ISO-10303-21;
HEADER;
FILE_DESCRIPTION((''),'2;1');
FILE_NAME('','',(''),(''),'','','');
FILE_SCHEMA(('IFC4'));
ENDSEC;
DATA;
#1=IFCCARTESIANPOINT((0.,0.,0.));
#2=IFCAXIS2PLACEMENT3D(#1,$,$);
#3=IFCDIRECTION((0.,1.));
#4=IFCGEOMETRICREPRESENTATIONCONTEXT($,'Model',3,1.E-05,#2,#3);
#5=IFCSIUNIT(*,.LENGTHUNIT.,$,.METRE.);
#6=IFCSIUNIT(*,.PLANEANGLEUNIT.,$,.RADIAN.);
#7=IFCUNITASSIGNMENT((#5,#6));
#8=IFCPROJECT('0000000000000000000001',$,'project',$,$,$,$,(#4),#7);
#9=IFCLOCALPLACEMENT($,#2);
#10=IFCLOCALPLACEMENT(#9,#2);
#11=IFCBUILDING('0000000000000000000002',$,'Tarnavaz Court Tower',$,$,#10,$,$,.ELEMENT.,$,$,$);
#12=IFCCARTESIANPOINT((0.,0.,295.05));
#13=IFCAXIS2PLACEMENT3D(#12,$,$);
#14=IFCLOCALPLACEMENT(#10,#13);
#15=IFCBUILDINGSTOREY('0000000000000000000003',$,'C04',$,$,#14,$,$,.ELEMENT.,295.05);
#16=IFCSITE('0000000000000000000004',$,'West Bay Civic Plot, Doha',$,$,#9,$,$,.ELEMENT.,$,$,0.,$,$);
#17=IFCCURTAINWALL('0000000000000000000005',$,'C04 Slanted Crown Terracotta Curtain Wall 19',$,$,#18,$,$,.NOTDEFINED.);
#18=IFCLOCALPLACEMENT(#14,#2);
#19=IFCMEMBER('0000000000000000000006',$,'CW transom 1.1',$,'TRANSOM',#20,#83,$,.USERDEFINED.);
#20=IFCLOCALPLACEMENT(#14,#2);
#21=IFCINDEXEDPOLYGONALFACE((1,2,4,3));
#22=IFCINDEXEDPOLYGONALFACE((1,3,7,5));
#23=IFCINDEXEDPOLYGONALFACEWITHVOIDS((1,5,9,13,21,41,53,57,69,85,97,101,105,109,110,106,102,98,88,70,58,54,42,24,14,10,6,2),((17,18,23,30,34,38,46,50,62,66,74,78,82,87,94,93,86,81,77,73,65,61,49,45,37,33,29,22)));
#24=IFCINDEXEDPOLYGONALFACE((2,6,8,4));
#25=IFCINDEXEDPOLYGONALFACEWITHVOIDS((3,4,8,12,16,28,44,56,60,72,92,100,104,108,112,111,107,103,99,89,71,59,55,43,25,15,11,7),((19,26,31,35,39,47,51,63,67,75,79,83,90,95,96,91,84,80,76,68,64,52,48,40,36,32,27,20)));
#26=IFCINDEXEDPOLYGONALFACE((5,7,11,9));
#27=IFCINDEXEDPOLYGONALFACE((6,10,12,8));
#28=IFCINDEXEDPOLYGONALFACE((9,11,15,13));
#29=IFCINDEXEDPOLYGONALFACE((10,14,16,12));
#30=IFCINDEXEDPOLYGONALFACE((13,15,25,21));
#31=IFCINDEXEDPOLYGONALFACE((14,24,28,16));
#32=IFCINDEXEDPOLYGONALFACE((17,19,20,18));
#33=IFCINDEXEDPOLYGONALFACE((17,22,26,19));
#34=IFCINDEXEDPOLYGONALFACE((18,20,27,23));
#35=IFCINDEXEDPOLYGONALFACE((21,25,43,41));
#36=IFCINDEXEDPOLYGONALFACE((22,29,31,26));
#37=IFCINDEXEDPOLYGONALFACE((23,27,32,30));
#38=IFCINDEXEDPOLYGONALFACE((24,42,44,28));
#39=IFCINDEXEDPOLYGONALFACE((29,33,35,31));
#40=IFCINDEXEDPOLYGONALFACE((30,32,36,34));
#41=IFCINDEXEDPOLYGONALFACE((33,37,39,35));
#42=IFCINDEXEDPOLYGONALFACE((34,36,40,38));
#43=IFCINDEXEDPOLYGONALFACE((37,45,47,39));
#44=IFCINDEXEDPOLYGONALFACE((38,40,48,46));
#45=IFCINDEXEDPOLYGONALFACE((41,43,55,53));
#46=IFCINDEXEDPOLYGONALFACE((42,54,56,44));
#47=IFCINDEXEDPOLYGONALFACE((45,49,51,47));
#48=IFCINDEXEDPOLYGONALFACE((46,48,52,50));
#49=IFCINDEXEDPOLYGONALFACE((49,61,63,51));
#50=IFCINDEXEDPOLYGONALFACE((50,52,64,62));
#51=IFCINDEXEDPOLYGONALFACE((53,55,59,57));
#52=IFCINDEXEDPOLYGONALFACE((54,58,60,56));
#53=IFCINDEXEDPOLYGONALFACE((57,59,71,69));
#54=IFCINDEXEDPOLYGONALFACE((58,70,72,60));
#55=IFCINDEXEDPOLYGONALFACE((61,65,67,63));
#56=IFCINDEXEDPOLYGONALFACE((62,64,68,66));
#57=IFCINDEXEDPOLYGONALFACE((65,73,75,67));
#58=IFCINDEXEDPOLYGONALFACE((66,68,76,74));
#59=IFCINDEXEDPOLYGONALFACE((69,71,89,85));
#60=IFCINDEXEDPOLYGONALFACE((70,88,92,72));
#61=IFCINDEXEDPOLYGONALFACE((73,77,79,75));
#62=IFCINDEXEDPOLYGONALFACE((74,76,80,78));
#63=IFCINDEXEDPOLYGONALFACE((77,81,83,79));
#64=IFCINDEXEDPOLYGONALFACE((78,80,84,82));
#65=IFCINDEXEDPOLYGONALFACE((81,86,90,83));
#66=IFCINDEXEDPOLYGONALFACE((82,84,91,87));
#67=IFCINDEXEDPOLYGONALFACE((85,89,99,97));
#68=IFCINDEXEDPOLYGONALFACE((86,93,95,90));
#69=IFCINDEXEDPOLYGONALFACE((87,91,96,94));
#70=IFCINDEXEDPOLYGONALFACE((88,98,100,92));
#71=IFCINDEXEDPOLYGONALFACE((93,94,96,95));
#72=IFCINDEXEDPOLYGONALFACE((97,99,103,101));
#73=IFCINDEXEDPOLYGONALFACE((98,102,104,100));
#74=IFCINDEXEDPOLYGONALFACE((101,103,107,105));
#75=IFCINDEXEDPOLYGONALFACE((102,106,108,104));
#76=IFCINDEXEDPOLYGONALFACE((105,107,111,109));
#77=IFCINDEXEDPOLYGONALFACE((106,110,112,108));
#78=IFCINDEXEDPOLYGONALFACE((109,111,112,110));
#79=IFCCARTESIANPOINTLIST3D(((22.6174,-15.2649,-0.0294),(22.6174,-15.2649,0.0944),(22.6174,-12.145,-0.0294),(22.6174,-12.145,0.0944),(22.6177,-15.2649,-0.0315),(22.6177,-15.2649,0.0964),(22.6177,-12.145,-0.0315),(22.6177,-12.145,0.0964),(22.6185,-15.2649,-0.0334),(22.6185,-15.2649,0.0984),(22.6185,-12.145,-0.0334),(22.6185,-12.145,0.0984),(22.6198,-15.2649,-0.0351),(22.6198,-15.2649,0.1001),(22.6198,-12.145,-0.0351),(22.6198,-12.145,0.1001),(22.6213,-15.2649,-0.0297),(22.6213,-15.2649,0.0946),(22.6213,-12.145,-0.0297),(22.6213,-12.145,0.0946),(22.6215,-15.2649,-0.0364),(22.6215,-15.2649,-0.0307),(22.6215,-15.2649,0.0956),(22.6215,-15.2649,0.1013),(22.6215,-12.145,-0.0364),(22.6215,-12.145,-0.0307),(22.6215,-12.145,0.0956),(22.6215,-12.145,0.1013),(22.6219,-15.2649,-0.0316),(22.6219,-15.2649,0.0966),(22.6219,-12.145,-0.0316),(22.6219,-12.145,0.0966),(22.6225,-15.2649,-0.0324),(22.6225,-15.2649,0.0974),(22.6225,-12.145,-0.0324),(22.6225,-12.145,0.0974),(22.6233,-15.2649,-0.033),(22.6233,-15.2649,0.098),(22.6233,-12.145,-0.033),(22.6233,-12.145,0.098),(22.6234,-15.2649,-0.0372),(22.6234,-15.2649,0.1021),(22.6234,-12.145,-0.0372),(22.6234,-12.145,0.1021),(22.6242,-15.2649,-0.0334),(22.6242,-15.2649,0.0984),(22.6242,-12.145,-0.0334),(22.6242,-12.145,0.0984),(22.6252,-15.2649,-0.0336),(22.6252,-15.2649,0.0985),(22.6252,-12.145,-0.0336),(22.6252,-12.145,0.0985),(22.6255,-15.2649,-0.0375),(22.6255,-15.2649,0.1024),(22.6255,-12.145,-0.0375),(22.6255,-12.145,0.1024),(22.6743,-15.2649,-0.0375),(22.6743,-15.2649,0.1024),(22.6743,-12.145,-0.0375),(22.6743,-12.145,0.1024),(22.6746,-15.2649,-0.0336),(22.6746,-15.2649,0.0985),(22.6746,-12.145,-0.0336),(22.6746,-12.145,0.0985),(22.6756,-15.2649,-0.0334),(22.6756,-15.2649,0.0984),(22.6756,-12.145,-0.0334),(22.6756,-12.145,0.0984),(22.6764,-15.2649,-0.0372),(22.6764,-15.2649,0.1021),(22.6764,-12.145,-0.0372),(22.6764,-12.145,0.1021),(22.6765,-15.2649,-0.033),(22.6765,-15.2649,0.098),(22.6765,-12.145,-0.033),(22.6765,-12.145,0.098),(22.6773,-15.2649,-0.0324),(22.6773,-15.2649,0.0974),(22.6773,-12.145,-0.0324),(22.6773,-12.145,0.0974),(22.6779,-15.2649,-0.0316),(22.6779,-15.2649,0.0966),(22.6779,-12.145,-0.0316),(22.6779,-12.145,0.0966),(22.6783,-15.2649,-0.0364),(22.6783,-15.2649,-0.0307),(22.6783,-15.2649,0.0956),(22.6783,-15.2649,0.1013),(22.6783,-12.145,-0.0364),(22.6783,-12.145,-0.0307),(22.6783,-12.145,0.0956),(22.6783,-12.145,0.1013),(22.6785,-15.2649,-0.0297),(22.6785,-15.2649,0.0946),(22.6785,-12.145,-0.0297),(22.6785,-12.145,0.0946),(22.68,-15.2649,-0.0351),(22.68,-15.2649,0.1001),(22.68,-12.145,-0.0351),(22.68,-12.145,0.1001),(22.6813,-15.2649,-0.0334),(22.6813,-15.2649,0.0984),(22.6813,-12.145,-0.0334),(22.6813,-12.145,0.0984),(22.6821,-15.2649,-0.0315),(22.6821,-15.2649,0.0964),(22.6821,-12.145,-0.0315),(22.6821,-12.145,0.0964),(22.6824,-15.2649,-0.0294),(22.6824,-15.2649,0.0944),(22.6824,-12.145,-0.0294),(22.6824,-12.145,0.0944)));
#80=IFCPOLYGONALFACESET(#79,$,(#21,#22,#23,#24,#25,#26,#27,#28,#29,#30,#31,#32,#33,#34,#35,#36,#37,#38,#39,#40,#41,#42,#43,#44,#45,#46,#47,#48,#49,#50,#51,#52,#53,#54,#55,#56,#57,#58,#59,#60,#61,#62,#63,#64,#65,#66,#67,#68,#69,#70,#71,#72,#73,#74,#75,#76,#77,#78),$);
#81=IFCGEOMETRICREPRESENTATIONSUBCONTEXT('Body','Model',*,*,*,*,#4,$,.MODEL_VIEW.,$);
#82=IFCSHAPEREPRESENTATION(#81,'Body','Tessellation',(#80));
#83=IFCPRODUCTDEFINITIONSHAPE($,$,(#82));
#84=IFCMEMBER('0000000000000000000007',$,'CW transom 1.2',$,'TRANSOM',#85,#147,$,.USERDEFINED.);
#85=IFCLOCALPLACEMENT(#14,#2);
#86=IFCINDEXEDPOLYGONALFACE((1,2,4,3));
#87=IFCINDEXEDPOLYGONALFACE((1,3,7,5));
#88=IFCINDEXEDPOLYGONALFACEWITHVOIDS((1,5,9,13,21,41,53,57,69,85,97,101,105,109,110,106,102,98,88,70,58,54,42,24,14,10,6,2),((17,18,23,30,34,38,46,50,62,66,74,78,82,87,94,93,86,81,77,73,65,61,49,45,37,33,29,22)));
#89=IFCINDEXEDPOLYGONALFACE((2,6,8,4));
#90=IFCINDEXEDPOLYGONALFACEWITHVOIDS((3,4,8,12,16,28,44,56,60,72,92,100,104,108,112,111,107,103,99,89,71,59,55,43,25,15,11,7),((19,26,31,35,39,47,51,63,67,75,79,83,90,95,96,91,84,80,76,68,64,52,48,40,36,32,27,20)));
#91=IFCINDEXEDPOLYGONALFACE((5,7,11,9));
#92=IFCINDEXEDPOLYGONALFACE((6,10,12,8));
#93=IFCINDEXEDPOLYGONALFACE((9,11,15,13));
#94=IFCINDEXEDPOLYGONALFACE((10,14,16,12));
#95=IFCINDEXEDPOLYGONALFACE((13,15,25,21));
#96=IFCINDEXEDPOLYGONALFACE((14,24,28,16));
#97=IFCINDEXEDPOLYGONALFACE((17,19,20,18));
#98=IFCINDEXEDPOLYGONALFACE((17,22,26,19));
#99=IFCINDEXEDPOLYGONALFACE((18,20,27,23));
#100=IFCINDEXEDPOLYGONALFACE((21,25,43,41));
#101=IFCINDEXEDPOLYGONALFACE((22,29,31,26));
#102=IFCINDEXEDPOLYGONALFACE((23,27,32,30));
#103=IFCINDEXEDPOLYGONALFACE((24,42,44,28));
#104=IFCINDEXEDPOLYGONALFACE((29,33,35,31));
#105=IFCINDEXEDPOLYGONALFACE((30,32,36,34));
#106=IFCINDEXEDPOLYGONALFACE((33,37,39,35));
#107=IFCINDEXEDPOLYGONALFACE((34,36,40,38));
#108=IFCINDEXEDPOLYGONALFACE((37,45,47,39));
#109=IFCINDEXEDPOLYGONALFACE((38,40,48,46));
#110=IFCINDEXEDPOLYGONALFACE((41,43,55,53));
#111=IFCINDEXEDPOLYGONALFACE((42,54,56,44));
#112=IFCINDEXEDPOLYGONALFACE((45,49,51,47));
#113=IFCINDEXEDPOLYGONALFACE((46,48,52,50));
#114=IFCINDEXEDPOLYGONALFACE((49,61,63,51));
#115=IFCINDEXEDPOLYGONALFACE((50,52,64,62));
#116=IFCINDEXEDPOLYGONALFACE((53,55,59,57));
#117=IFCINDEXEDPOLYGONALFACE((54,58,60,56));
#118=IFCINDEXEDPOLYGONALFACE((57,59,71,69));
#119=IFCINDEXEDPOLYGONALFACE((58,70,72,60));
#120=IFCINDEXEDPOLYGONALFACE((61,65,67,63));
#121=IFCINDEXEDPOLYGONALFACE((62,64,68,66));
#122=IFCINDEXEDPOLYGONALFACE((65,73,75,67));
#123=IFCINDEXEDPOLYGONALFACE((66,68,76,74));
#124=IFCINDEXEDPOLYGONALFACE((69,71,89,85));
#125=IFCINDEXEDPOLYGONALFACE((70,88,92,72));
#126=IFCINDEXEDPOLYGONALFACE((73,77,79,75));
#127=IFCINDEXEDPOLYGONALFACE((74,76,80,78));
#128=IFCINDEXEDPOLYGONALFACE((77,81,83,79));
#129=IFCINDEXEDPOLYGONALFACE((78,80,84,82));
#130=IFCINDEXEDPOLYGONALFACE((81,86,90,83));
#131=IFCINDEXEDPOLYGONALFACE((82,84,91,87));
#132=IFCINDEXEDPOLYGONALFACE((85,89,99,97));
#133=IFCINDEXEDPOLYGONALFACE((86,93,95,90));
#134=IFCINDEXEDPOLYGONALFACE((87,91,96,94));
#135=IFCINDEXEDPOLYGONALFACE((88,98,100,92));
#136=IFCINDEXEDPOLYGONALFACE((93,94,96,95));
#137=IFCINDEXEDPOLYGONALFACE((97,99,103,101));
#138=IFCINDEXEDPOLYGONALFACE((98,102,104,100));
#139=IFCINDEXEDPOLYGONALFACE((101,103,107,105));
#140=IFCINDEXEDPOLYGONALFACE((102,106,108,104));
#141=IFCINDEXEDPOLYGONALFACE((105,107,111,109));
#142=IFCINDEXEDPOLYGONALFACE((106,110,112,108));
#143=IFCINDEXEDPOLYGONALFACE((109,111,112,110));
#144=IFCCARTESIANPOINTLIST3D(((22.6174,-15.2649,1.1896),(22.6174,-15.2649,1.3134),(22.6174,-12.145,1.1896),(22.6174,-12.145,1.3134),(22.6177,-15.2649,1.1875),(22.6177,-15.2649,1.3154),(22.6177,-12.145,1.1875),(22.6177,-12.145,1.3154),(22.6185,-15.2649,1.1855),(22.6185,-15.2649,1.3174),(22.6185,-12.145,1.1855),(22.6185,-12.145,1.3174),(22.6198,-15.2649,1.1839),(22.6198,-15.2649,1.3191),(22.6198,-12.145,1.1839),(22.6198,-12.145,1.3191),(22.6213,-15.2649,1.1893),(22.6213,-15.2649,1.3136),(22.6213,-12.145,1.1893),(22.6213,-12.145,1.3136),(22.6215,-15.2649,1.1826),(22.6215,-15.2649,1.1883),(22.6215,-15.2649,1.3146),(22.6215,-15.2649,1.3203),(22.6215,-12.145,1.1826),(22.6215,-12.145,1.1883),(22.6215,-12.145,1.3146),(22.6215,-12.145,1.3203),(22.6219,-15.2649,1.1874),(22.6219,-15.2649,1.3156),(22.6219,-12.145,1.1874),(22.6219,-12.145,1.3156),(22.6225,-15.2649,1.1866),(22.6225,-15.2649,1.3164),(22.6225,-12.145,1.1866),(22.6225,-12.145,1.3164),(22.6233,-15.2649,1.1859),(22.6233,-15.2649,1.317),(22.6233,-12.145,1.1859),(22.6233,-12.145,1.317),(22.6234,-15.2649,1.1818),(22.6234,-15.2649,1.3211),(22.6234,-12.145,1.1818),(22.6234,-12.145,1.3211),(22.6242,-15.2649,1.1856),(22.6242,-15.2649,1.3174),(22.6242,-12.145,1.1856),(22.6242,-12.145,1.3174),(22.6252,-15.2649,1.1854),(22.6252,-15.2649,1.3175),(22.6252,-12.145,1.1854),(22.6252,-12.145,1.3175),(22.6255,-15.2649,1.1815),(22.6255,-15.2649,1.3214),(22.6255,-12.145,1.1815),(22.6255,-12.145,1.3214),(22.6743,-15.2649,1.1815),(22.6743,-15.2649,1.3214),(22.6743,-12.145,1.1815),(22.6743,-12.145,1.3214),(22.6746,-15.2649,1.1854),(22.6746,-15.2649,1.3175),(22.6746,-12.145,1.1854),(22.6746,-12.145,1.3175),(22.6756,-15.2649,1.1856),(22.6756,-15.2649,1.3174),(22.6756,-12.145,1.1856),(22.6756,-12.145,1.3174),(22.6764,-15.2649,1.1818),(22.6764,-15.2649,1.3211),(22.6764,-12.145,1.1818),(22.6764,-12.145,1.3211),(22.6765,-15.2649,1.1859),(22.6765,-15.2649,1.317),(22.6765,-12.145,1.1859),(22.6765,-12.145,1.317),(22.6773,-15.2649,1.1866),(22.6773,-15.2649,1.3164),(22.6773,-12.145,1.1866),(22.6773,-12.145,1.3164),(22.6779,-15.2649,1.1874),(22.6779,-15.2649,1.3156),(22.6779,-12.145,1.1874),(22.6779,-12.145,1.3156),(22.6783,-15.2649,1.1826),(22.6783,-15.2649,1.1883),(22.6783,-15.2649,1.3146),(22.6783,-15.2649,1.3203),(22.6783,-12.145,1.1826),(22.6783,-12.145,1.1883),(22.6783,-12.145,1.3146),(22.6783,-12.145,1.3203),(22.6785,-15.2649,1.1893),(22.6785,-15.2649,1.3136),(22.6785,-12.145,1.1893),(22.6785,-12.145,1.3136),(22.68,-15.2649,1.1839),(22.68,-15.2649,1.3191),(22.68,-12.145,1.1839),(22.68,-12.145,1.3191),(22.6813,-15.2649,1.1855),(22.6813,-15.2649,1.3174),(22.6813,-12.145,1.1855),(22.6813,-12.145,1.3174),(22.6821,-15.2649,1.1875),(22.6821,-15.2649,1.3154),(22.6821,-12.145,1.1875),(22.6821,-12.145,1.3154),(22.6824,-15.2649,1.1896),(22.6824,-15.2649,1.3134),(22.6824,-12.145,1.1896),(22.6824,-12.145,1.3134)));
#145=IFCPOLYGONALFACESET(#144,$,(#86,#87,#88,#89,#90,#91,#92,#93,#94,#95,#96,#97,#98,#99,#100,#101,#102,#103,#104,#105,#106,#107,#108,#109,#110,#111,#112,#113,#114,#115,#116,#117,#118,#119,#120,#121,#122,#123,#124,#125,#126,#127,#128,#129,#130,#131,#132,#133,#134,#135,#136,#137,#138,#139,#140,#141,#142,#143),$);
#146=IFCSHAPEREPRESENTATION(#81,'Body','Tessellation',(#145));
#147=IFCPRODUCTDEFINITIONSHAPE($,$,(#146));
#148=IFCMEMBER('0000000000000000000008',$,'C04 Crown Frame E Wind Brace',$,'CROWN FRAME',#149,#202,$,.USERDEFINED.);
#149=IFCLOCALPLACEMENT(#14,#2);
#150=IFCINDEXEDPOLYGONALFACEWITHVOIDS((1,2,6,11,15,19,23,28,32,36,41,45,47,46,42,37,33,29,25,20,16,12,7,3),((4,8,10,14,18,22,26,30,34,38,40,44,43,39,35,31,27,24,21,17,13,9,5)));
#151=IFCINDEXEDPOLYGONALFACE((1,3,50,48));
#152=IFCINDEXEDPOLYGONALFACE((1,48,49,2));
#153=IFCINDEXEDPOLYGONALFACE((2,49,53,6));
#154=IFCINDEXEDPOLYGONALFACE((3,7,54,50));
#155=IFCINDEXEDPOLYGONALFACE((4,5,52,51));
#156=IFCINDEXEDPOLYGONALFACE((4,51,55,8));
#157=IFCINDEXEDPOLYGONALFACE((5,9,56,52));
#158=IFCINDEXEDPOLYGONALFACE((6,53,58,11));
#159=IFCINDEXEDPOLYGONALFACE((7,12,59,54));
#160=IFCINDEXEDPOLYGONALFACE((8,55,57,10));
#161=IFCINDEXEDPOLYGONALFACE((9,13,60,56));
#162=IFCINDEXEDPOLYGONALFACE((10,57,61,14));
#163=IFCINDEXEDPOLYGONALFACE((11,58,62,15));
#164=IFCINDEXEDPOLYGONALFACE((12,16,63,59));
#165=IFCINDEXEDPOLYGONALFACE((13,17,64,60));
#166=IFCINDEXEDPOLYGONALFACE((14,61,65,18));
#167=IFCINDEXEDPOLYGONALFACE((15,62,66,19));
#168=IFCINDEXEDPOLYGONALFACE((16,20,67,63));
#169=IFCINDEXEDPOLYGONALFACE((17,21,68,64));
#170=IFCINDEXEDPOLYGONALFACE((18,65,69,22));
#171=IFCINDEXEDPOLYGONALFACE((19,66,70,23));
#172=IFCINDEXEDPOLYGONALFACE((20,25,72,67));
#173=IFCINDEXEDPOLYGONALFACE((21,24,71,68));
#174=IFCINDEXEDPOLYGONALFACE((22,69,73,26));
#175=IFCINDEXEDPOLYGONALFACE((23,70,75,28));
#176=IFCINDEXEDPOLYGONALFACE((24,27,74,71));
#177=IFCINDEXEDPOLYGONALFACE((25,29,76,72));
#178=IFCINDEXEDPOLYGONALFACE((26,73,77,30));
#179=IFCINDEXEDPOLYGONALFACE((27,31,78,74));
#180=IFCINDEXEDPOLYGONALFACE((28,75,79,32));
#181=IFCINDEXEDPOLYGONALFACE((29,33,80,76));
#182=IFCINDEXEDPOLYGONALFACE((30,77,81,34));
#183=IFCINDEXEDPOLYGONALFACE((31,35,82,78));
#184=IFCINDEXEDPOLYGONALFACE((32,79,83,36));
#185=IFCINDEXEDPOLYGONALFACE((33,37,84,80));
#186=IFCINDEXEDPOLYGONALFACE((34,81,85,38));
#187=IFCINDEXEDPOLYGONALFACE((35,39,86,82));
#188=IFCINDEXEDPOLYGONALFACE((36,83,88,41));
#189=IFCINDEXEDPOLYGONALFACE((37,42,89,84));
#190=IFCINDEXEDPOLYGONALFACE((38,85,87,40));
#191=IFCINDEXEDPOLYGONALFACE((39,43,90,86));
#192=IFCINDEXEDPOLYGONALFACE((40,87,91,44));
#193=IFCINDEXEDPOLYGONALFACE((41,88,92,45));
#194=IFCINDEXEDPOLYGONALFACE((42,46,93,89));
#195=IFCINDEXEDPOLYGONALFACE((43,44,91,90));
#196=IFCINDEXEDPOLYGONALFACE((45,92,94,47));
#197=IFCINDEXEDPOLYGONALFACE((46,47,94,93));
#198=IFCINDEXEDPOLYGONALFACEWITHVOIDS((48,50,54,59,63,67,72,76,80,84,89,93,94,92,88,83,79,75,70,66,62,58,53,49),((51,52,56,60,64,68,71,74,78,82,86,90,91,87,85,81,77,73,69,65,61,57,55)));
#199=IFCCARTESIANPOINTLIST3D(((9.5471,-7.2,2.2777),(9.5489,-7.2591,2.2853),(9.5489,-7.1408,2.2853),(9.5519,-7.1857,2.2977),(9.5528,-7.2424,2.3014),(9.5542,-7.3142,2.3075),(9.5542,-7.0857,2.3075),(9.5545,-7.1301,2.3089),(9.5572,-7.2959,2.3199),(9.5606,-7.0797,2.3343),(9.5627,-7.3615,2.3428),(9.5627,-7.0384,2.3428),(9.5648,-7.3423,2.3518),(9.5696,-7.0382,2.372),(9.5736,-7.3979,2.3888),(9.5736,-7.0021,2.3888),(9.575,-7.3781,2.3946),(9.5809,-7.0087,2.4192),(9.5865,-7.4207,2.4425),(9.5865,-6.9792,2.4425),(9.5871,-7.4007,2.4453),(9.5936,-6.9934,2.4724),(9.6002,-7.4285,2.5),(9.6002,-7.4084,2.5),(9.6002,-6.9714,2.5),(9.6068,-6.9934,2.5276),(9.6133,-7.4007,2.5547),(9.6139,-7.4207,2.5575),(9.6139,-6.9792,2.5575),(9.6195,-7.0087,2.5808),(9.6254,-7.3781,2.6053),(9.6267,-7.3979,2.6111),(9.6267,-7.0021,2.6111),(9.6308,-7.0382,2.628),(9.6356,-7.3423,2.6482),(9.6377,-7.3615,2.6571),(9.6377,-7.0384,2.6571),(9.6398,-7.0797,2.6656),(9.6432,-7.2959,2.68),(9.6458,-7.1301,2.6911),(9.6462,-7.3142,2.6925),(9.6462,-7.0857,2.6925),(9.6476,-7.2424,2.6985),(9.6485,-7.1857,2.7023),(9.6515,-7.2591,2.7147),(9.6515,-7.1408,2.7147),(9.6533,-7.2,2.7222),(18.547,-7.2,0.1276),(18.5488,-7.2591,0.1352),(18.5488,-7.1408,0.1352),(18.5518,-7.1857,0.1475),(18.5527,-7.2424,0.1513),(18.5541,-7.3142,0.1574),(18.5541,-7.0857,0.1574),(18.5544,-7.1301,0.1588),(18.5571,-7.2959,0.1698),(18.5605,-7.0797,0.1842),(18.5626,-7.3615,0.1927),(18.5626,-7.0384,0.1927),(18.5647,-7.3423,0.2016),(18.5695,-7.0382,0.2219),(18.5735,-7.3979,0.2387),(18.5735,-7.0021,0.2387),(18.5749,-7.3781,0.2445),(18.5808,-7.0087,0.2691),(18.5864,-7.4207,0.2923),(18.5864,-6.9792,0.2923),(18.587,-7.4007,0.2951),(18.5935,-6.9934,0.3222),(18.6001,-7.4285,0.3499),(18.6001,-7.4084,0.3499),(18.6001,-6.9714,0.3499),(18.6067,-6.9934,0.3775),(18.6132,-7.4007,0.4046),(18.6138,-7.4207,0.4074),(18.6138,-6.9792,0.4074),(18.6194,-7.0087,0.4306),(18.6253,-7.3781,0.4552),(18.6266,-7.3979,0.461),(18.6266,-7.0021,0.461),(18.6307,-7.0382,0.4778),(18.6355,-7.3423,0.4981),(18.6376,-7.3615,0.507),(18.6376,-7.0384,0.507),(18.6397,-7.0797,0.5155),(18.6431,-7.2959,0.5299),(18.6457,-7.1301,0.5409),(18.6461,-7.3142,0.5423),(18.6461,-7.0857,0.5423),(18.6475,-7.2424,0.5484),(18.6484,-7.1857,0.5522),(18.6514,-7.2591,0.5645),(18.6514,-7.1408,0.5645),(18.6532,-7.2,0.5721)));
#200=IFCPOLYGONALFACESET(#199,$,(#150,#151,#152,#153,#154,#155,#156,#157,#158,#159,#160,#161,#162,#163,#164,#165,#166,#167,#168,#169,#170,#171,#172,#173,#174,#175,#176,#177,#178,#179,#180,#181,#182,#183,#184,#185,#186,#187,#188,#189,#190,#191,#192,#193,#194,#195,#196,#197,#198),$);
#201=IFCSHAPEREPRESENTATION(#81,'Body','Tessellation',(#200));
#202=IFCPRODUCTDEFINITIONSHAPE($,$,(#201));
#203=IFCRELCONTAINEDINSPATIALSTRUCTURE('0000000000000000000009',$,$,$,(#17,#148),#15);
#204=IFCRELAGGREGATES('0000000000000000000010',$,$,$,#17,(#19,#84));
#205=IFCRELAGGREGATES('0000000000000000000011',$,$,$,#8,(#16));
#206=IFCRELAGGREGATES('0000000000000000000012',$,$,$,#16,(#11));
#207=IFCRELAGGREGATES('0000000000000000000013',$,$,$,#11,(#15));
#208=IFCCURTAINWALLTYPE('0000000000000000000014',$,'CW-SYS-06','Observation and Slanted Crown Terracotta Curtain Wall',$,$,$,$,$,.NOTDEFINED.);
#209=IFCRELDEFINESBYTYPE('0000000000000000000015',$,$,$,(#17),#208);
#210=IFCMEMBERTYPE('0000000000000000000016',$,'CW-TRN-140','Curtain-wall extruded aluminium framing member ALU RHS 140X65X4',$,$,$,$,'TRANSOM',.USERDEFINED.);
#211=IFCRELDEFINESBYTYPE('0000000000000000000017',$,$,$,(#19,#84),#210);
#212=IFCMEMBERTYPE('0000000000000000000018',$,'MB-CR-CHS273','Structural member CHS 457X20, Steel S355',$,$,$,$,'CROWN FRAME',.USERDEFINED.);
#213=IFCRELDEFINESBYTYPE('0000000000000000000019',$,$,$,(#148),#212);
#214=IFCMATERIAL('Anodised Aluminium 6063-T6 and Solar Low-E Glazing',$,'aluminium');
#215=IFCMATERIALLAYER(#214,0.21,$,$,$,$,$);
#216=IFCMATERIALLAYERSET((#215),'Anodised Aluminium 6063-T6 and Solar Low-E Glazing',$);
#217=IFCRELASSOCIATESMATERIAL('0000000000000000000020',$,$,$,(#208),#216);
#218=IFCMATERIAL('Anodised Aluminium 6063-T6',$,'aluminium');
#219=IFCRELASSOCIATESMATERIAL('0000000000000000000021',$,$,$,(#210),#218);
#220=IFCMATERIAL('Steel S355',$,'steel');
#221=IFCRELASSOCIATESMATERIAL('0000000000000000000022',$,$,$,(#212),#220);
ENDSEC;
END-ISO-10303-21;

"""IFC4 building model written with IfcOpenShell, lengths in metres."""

from ifc_helpers import new_model, si_unit, direction, frame, origin, origin_2d, place, context, subcontext, project, spatial, hollow_rectangle, hollow_circle, extrude, material, layer, layer_set, material_profile, profile_set, type_object, element, aggregate, save


model = new_model("IFC4")

# Units and contexts
model_context = context("Model", 3, precision=1e-05, world=origin(), true_north=direction((0.0, 1.0)))
body_context = subcontext(model_context, "Body", "Model", "MODEL_VIEW")
ifc_project = project(units=[si_unit("LENGTHUNIT", "METRE"), si_unit("PLANEANGLEUNIT", "RADIAN")], contexts=[model_context])

# Site, building, storey
site_placement = place(None, origin())
site = spatial("IfcSite", under=ifc_project, at=site_placement, Name="West Bay Civic Plot, Doha", CompositionType="ELEMENT", RefElevation=0.0)
building_placement = place(site_placement, origin())
building = spatial("IfcBuilding", under=site, at=building_placement, Name="Tarnavaz Court Tower", CompositionType="ELEMENT")
storey_placement = place(building_placement, frame((0.0, 0.0, 295.05)))
storey = spatial("IfcBuildingStorey", under=building, at=storey_placement, Name="C04", CompositionType="ELEMENT", Elevation=295.05)

# Shared definitions
ifc_material_1 = material(Name="Steel S355", Category="steel")

# Shared definitions
ifc_material_2 = material(Name="Anodised Aluminium 6063-T6 and Solar Low-E Glazing", Category="aluminium")
ifc_layer_1 = layer(ifc_material_2, 0.21)
ifc_layer_set_1 = layer_set([ifc_layer_1], Name="Anodised Aluminium 6063-T6 and Solar Low-E Glazing")
curtain_wall_type = type_object("IfcCurtainWallType", Name="CW-SYS-06", Description="Observation and Slanted Crown Terracotta Curtain Wall", PredefinedType="NOTDEFINED", material=ifc_layer_set_1)
ifc_material_3 = material(Name="Anodised Aluminium 6063-T6", Category="aluminium")

# Curtain wall
curtain_wall_1_placement = place(storey_placement, origin())
curtain_wall_1 = element("IfcCurtainWall", 1, at=curtain_wall_1_placement, inside=storey, type_object=curtain_wall_type, Name="C04 Slanted Crown Terracotta Curtain Wall 19", PredefinedType="NOTDEFINED")

# Members
ifc_material_profile_1 = material_profile(ifc_material_3, hollow_rectangle(XDim=0.0649, YDim=0.1399, WallThickness=0.0039, InnerFilletRadius=0.0039, OuterFilletRadius=0.0081, at=origin_2d()), Name="ALU RHS 140X65X4")
ifc_profile_set_1 = profile_set([ifc_material_profile_1], Name="Anodised Aluminium 6063-T6")
member_type_1 = type_object("IfcMemberType", Name="CW-TRN-140", Description="Curtain-wall extruded aluminium framing member ALU RHS 140X65X4", ElementType="TRANSOM", PredefinedType="USERDEFINED", material=ifc_profile_set_1)
member_1_placement = place(storey_placement, frame((22.6499, -12.145, 0.0325), z_axis=(0.0, -1.0, 0.0), x_axis=(1.0, 0.0, 0.0)))
member_1 = element("IfcMember", 2, at=member_1_placement, type_object=member_type_1, Name="CW transom 1.1", ObjectType="TRANSOM", PredefinedType="USERDEFINED", context=body_context, shape_type="SweptSolid", body=[
    extrude(hollow_rectangle(XDim=0.0649, YDim=0.1399, WallThickness=0.0039, InnerFilletRadius=0.0039, OuterFilletRadius=0.0081, at=origin_2d()), origin(), (0.0, 0.0, 1.0), 3.1199),
])
member_2_placement = place(storey_placement, frame((22.6499, -12.145, 1.2515), z_axis=(0.0, -1.0, 0.0), x_axis=(1.0, 0.0, 0.0)))
member_2 = element("IfcMember", 3, at=member_2_placement, type_object=member_type_1, Name="CW transom 1.2", ObjectType="TRANSOM", PredefinedType="USERDEFINED", context=body_context, shape_type="SweptSolid", body=[
    extrude(hollow_rectangle(XDim=0.0649, YDim=0.1399, WallThickness=0.0039, InnerFilletRadius=0.0039, OuterFilletRadius=0.0081, at=origin_2d()), origin(), (0.0, 0.0, 1.0), 3.1199),
])
ifc_material_profile_2 = material_profile(ifc_material_1, hollow_circle(Radius=0.2285, WallThickness=0.02, at=origin_2d()), Name="CHS 457X20")
ifc_profile_set_2 = profile_set([ifc_material_profile_2], Name="Steel S355")
member_type_2 = type_object("IfcMemberType", Name="MB-CR-CHS273", Description="Structural member CHS 457X20, Steel S355", ElementType="CROWN FRAME", PredefinedType="USERDEFINED", material=ifc_profile_set_2)
member_3_placement = place(storey_placement, frame((18.6001, -7.2, 0.3499), z_axis=(-0.972628, 0.0, 0.232366), x_axis=(0.0, -1.0, 0.0)))
element("IfcMember", 4, at=member_3_placement, inside=storey, type_object=member_type_2, Name="C04 Crown Frame E Wind Brace", ObjectType="CROWN FRAME", PredefinedType="USERDEFINED", context=body_context, shape_type="SweptSolid", body=[
    extrude(hollow_circle(Radius=0.2285, WallThickness=0.02, at=origin_2d()), origin(), (0.0, 0.0, 1.0), 9.2532),
])

aggregate(curtain_wall_1, [member_1, member_2])

save(model, "model.ifc")
